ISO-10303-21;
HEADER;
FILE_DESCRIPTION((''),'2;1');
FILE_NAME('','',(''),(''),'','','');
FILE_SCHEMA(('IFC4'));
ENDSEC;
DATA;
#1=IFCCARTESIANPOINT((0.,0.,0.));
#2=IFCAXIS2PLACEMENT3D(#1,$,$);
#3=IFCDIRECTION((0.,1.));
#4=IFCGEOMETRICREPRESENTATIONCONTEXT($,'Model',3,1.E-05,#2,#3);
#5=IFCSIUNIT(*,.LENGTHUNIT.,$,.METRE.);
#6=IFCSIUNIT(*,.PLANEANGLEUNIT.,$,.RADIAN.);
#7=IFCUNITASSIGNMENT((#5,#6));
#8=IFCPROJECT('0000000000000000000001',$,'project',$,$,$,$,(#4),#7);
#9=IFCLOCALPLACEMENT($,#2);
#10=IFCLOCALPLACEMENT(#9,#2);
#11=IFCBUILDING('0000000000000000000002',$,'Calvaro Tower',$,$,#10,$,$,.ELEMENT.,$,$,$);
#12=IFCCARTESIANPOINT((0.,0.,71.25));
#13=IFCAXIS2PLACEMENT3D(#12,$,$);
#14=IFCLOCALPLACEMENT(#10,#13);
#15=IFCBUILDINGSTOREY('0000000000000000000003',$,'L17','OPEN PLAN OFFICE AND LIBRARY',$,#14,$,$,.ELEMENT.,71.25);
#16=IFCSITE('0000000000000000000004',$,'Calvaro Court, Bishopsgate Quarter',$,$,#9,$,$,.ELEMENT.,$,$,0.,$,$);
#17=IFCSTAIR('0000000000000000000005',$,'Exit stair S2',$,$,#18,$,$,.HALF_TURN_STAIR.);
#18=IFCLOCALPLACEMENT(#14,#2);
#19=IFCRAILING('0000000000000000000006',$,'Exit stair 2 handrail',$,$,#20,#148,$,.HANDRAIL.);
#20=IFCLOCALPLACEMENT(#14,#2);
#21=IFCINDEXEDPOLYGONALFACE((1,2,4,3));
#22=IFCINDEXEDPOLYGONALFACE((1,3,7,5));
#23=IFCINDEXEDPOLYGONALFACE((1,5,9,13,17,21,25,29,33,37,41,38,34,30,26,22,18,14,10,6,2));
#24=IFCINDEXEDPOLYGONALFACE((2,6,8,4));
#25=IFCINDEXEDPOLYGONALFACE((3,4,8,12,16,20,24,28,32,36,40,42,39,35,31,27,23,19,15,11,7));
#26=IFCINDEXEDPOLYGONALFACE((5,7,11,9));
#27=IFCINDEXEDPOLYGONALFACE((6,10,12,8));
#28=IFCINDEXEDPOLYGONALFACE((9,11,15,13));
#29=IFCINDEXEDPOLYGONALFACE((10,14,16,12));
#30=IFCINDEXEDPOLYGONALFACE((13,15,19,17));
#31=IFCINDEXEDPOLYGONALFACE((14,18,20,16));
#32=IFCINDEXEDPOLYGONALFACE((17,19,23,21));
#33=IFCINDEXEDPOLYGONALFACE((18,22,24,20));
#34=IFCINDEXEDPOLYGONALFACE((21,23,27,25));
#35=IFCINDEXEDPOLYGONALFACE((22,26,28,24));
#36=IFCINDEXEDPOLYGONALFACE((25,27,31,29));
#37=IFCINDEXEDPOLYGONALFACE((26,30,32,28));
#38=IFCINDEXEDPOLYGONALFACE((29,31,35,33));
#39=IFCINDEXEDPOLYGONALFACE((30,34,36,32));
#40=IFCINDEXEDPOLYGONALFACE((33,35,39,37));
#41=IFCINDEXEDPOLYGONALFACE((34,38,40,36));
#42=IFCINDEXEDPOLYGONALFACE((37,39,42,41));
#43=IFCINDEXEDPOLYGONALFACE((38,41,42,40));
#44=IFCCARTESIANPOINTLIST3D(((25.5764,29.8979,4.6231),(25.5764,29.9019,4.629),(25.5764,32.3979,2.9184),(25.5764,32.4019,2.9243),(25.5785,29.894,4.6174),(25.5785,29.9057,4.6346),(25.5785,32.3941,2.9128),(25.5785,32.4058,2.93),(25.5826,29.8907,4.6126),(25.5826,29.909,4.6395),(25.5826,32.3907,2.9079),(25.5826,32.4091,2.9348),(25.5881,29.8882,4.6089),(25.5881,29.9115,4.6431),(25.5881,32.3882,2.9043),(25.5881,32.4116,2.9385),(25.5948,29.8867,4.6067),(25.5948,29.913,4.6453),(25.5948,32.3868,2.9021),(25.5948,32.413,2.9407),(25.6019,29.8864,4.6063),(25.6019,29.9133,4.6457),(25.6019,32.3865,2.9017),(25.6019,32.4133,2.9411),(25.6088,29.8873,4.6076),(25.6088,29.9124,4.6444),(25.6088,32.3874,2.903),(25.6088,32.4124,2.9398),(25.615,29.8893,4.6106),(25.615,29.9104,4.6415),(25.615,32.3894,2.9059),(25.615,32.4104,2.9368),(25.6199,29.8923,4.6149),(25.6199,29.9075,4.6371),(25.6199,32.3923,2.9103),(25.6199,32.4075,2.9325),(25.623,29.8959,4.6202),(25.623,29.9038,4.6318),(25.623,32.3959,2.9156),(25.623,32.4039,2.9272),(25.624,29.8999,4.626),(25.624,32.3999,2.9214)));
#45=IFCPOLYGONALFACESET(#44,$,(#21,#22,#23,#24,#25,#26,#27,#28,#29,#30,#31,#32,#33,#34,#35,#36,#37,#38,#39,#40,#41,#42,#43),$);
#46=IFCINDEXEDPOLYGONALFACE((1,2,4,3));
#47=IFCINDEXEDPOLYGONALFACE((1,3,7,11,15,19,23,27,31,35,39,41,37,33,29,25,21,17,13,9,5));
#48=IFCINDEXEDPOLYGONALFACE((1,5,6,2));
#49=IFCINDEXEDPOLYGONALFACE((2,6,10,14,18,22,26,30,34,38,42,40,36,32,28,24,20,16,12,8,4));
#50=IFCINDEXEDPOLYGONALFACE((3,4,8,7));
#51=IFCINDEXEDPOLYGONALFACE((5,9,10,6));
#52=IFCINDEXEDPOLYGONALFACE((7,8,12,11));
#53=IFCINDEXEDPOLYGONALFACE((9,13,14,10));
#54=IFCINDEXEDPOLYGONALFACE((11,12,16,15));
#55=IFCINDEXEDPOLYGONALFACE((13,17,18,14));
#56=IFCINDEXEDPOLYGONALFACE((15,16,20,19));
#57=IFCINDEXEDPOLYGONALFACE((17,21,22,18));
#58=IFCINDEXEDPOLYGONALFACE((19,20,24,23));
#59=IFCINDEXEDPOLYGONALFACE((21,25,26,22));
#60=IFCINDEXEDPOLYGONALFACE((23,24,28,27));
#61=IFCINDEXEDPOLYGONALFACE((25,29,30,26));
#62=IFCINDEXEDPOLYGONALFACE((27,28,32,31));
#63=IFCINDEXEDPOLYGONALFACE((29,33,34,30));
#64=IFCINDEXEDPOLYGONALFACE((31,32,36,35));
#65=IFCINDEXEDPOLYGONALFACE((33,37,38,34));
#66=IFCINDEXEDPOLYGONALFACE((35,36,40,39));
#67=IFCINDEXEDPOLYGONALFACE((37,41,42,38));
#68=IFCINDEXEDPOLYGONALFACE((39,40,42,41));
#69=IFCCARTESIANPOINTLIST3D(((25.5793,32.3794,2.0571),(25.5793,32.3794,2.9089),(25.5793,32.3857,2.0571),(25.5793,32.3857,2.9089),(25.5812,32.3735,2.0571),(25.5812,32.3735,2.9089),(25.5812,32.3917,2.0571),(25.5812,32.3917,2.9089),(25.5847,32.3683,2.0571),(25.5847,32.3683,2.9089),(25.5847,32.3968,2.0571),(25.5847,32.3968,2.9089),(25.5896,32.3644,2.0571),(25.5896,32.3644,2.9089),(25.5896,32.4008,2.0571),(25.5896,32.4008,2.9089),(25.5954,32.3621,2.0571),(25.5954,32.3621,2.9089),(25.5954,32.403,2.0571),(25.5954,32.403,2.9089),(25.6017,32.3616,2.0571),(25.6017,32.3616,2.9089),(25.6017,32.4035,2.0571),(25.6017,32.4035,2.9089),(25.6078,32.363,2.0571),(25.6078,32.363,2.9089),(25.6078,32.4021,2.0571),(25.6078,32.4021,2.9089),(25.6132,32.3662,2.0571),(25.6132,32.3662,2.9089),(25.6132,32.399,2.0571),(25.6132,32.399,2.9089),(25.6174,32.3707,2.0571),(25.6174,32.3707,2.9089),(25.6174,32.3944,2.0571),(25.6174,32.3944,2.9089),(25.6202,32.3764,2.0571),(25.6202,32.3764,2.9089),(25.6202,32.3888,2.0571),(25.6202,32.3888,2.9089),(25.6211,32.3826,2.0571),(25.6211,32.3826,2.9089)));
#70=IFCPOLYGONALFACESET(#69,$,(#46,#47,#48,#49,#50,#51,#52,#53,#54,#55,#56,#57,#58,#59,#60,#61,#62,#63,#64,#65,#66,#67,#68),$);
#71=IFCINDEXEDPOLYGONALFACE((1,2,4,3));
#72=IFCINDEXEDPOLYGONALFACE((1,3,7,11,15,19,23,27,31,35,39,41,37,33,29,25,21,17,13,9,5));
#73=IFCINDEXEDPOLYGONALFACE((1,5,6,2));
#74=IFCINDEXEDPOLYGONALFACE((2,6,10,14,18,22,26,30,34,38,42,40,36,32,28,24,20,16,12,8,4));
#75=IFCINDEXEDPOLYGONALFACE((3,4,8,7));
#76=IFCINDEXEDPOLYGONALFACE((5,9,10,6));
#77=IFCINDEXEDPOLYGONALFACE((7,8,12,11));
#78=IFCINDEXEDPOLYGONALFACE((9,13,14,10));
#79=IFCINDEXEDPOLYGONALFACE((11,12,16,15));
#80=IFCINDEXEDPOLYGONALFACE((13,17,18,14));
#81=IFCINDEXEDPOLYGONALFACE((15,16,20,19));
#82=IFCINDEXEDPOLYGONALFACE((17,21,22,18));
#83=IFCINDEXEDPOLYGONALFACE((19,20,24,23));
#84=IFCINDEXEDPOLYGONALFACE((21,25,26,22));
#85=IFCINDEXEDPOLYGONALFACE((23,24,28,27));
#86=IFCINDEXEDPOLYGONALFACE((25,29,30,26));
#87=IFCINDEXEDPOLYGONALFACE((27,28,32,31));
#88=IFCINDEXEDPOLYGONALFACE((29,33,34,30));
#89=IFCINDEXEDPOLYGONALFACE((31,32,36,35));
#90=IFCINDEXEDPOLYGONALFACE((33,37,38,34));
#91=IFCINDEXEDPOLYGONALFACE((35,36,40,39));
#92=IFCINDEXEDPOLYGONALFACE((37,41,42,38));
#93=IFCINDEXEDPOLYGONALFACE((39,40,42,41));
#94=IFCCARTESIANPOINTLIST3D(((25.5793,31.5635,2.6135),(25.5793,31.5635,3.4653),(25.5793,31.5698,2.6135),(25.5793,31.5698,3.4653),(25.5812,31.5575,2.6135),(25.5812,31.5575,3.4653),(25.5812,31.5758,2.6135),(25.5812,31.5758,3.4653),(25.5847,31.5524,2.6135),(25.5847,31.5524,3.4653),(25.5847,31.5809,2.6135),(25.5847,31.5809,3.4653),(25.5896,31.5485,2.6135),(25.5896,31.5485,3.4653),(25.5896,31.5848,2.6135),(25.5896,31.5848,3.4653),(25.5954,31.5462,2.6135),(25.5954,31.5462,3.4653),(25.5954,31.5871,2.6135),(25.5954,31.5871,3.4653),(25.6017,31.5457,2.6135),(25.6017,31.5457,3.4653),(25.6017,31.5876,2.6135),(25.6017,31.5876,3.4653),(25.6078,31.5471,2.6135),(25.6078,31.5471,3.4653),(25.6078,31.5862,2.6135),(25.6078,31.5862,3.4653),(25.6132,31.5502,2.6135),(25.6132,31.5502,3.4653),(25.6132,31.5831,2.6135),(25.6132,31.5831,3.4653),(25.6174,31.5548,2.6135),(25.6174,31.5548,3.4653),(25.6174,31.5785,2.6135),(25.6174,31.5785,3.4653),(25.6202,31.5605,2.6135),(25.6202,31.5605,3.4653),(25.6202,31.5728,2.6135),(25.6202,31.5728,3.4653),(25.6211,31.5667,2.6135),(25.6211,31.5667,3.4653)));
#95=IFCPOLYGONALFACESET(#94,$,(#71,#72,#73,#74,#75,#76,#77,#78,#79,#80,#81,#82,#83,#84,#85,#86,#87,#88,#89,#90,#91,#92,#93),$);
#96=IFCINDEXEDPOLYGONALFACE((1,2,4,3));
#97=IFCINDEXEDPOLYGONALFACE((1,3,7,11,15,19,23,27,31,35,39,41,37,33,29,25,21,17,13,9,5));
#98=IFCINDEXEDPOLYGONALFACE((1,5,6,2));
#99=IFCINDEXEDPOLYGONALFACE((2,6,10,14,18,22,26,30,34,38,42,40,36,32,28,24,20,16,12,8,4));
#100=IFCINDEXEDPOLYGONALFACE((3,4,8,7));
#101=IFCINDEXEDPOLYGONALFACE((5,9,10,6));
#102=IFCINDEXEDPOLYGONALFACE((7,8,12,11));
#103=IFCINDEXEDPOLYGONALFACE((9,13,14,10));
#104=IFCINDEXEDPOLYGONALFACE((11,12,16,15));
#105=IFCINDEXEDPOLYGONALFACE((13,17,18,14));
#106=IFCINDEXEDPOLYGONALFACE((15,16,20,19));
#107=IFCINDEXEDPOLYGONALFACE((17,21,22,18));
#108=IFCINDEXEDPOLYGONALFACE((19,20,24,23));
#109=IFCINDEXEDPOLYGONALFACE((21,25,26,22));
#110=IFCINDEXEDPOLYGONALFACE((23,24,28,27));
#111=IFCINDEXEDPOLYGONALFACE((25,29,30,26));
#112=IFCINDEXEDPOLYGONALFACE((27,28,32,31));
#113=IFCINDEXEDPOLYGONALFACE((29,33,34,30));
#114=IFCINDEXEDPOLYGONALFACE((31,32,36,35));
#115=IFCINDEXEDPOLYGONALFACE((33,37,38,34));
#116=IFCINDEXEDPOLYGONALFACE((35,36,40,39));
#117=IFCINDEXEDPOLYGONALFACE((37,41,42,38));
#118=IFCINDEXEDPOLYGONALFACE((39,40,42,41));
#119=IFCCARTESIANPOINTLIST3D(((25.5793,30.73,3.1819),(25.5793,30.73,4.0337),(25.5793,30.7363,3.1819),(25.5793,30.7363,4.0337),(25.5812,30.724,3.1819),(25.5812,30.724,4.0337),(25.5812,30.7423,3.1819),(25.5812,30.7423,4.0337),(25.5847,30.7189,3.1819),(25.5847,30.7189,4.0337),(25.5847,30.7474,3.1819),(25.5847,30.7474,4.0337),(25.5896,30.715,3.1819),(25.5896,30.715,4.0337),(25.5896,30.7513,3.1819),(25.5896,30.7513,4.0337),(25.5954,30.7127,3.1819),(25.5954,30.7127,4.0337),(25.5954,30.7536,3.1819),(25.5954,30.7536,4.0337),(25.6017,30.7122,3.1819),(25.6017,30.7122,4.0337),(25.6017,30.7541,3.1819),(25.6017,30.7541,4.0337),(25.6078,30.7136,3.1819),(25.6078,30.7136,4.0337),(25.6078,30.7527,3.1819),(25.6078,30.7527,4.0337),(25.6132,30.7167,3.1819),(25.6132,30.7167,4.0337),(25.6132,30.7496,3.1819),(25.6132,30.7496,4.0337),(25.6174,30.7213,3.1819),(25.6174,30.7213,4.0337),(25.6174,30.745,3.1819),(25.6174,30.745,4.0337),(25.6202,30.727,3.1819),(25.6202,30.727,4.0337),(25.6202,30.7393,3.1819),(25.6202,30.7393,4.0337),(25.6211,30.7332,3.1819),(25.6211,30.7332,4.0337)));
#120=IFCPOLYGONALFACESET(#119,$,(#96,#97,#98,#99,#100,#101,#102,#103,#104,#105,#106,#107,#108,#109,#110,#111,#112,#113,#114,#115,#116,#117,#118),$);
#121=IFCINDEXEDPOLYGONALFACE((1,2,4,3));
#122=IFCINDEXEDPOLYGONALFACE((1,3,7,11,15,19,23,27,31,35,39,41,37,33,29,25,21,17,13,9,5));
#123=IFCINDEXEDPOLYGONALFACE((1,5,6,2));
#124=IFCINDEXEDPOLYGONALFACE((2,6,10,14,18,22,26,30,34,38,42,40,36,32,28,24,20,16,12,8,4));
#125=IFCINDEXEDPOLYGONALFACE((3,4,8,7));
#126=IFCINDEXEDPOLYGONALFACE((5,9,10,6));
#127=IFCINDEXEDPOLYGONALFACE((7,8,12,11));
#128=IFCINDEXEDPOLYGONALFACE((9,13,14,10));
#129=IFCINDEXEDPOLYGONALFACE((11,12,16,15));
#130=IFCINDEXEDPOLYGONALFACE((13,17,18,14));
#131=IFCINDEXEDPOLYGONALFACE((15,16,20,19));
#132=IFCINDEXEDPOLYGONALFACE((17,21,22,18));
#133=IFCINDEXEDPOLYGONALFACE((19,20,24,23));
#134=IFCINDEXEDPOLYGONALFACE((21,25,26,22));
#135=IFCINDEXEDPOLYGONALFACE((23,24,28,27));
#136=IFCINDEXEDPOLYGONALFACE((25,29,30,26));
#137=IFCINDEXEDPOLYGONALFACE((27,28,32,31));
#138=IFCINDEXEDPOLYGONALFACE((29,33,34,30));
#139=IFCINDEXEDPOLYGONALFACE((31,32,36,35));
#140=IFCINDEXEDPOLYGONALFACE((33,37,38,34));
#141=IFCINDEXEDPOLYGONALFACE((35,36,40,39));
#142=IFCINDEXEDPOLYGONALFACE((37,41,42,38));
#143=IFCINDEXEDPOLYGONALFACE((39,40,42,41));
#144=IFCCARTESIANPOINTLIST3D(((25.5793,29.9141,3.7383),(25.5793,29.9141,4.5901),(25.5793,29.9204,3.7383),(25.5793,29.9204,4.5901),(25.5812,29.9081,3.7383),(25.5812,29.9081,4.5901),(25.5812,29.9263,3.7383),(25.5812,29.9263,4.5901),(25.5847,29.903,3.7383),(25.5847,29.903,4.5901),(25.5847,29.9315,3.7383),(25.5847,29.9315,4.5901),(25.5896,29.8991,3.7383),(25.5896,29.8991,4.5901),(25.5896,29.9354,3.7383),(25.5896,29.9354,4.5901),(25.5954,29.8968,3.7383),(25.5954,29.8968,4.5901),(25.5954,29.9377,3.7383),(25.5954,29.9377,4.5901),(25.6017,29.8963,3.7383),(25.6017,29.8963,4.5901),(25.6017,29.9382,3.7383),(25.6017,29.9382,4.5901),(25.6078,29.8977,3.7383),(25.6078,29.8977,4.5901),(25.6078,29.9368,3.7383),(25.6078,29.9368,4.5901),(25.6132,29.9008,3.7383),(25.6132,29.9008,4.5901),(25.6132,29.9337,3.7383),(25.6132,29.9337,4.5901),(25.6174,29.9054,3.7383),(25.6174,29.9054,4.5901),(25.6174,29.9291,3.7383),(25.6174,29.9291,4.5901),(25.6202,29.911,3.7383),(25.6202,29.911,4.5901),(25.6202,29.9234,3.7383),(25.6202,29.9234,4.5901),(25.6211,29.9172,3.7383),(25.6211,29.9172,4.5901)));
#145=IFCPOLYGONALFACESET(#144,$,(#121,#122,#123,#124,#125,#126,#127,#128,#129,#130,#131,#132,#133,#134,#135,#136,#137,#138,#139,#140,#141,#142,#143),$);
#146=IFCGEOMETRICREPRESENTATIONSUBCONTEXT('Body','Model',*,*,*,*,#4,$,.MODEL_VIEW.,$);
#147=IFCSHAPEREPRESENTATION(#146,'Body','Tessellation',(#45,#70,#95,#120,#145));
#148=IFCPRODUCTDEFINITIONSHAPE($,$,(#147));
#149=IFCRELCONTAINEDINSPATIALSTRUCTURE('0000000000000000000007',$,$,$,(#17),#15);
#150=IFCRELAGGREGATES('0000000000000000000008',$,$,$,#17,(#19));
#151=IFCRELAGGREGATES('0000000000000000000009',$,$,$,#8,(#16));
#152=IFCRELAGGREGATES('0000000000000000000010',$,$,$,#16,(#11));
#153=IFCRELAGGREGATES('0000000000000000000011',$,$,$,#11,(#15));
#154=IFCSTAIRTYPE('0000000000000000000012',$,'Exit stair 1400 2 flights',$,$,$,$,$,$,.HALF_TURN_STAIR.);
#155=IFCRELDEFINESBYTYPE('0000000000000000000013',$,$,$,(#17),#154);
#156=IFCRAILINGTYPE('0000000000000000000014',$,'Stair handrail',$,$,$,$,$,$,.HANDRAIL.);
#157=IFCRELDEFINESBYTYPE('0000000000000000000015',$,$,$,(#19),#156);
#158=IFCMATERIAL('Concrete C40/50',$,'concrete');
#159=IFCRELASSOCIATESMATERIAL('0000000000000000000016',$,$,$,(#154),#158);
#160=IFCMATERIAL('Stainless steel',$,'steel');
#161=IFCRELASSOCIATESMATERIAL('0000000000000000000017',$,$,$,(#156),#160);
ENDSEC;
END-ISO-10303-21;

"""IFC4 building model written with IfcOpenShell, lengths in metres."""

from ifc_helpers import new_model, si_unit, direction, frame, origin, origin_2d, place, context, subcontext, project, spatial, circle, extrude, material, type_object, element, aggregate, save


model = new_model("IFC4")

# Units and contexts
model_context = context("Model", 3, precision=1e-05, world=origin(), true_north=direction((0.0, 1.0)))
body_context = subcontext(model_context, "Body", "Model", "MODEL_VIEW")
ifc_project = project(units=[si_unit("LENGTHUNIT", "METRE"), si_unit("PLANEANGLEUNIT", "RADIAN")], contexts=[model_context])

# Site, building, storey
site_placement = place(None, origin())
site = spatial("IfcSite", under=ifc_project, at=site_placement, Name="Calvaro Court, Bishopsgate Quarter", CompositionType="ELEMENT", RefElevation=0.0)
building_placement = place(site_placement, origin())
building = spatial("IfcBuilding", under=site, at=building_placement, Name="Calvaro Tower", CompositionType="ELEMENT")
storey_placement = place(building_placement, frame((0.0, 0.0, 71.25)))
storey = spatial("IfcBuildingStorey", under=building, at=storey_placement, Name="L17", Description="OPEN PLAN OFFICE AND LIBRARY", CompositionType="ELEMENT", Elevation=71.25)

# Stair, railing
ifc_material_1 = material(Name="Concrete C40/50", Category="concrete")
stair_type = type_object("IfcStairType", Name="Exit stair 1400 2 flights", PredefinedType="HALF_TURN_STAIR", material=ifc_material_1)
stair_placement = place(storey_placement, origin())
stair = element("IfcStair", 1, at=stair_placement, inside=storey, type_object=stair_type, Name="Exit stair S2", PredefinedType="HALF_TURN_STAIR")
ifc_material_2 = material(Name="Stainless steel", Category="steel")
railing_type = type_object("IfcRailingType", Name="Stair handrail", PredefinedType="HANDRAIL", material=ifc_material_2)
railing_1_placement = place(storey_placement, frame((25.6001, 32.3999, 2.0454)))
railing_1 = element("IfcRailing", 2, at=railing_1_placement, type_object=railing_type, Name="Exit stair 2 handrail", PredefinedType="HANDRAIL", context=body_context, shape_type="SweptSolid", body=[
    extrude(circle(Radius=0.0239, at=origin_2d()), frame((0.0, 0.0, 0.876), z_axis=(0.0, -0.826221, 0.563347), x_axis=(1.0, 0.0, 0.0)), (0.0, 0.0, 1.0), 3.0259),
    extrude(circle(Radius=0.021, at=origin_2d()), frame((0.0, -0.0173, 0.0117)), (0.0, 0.0, 1.0), 0.8518),
    extrude(circle(Radius=0.021, at=origin_2d()), frame((0.0, -0.8333, 0.5681)), (0.0, 0.0, 1.0), 0.8518),
    extrude(circle(Radius=0.021, at=origin_2d()), frame((0.0, -1.6667, 1.1365)), (0.0, 0.0, 1.0), 0.8518),
    extrude(circle(Radius=0.021, at=origin_2d()), frame((0.0, -2.4827, 1.6929)), (0.0, 0.0, 1.0), 0.8518),
])
aggregate(stair, [railing_1])

save(model, "model.ifc")
